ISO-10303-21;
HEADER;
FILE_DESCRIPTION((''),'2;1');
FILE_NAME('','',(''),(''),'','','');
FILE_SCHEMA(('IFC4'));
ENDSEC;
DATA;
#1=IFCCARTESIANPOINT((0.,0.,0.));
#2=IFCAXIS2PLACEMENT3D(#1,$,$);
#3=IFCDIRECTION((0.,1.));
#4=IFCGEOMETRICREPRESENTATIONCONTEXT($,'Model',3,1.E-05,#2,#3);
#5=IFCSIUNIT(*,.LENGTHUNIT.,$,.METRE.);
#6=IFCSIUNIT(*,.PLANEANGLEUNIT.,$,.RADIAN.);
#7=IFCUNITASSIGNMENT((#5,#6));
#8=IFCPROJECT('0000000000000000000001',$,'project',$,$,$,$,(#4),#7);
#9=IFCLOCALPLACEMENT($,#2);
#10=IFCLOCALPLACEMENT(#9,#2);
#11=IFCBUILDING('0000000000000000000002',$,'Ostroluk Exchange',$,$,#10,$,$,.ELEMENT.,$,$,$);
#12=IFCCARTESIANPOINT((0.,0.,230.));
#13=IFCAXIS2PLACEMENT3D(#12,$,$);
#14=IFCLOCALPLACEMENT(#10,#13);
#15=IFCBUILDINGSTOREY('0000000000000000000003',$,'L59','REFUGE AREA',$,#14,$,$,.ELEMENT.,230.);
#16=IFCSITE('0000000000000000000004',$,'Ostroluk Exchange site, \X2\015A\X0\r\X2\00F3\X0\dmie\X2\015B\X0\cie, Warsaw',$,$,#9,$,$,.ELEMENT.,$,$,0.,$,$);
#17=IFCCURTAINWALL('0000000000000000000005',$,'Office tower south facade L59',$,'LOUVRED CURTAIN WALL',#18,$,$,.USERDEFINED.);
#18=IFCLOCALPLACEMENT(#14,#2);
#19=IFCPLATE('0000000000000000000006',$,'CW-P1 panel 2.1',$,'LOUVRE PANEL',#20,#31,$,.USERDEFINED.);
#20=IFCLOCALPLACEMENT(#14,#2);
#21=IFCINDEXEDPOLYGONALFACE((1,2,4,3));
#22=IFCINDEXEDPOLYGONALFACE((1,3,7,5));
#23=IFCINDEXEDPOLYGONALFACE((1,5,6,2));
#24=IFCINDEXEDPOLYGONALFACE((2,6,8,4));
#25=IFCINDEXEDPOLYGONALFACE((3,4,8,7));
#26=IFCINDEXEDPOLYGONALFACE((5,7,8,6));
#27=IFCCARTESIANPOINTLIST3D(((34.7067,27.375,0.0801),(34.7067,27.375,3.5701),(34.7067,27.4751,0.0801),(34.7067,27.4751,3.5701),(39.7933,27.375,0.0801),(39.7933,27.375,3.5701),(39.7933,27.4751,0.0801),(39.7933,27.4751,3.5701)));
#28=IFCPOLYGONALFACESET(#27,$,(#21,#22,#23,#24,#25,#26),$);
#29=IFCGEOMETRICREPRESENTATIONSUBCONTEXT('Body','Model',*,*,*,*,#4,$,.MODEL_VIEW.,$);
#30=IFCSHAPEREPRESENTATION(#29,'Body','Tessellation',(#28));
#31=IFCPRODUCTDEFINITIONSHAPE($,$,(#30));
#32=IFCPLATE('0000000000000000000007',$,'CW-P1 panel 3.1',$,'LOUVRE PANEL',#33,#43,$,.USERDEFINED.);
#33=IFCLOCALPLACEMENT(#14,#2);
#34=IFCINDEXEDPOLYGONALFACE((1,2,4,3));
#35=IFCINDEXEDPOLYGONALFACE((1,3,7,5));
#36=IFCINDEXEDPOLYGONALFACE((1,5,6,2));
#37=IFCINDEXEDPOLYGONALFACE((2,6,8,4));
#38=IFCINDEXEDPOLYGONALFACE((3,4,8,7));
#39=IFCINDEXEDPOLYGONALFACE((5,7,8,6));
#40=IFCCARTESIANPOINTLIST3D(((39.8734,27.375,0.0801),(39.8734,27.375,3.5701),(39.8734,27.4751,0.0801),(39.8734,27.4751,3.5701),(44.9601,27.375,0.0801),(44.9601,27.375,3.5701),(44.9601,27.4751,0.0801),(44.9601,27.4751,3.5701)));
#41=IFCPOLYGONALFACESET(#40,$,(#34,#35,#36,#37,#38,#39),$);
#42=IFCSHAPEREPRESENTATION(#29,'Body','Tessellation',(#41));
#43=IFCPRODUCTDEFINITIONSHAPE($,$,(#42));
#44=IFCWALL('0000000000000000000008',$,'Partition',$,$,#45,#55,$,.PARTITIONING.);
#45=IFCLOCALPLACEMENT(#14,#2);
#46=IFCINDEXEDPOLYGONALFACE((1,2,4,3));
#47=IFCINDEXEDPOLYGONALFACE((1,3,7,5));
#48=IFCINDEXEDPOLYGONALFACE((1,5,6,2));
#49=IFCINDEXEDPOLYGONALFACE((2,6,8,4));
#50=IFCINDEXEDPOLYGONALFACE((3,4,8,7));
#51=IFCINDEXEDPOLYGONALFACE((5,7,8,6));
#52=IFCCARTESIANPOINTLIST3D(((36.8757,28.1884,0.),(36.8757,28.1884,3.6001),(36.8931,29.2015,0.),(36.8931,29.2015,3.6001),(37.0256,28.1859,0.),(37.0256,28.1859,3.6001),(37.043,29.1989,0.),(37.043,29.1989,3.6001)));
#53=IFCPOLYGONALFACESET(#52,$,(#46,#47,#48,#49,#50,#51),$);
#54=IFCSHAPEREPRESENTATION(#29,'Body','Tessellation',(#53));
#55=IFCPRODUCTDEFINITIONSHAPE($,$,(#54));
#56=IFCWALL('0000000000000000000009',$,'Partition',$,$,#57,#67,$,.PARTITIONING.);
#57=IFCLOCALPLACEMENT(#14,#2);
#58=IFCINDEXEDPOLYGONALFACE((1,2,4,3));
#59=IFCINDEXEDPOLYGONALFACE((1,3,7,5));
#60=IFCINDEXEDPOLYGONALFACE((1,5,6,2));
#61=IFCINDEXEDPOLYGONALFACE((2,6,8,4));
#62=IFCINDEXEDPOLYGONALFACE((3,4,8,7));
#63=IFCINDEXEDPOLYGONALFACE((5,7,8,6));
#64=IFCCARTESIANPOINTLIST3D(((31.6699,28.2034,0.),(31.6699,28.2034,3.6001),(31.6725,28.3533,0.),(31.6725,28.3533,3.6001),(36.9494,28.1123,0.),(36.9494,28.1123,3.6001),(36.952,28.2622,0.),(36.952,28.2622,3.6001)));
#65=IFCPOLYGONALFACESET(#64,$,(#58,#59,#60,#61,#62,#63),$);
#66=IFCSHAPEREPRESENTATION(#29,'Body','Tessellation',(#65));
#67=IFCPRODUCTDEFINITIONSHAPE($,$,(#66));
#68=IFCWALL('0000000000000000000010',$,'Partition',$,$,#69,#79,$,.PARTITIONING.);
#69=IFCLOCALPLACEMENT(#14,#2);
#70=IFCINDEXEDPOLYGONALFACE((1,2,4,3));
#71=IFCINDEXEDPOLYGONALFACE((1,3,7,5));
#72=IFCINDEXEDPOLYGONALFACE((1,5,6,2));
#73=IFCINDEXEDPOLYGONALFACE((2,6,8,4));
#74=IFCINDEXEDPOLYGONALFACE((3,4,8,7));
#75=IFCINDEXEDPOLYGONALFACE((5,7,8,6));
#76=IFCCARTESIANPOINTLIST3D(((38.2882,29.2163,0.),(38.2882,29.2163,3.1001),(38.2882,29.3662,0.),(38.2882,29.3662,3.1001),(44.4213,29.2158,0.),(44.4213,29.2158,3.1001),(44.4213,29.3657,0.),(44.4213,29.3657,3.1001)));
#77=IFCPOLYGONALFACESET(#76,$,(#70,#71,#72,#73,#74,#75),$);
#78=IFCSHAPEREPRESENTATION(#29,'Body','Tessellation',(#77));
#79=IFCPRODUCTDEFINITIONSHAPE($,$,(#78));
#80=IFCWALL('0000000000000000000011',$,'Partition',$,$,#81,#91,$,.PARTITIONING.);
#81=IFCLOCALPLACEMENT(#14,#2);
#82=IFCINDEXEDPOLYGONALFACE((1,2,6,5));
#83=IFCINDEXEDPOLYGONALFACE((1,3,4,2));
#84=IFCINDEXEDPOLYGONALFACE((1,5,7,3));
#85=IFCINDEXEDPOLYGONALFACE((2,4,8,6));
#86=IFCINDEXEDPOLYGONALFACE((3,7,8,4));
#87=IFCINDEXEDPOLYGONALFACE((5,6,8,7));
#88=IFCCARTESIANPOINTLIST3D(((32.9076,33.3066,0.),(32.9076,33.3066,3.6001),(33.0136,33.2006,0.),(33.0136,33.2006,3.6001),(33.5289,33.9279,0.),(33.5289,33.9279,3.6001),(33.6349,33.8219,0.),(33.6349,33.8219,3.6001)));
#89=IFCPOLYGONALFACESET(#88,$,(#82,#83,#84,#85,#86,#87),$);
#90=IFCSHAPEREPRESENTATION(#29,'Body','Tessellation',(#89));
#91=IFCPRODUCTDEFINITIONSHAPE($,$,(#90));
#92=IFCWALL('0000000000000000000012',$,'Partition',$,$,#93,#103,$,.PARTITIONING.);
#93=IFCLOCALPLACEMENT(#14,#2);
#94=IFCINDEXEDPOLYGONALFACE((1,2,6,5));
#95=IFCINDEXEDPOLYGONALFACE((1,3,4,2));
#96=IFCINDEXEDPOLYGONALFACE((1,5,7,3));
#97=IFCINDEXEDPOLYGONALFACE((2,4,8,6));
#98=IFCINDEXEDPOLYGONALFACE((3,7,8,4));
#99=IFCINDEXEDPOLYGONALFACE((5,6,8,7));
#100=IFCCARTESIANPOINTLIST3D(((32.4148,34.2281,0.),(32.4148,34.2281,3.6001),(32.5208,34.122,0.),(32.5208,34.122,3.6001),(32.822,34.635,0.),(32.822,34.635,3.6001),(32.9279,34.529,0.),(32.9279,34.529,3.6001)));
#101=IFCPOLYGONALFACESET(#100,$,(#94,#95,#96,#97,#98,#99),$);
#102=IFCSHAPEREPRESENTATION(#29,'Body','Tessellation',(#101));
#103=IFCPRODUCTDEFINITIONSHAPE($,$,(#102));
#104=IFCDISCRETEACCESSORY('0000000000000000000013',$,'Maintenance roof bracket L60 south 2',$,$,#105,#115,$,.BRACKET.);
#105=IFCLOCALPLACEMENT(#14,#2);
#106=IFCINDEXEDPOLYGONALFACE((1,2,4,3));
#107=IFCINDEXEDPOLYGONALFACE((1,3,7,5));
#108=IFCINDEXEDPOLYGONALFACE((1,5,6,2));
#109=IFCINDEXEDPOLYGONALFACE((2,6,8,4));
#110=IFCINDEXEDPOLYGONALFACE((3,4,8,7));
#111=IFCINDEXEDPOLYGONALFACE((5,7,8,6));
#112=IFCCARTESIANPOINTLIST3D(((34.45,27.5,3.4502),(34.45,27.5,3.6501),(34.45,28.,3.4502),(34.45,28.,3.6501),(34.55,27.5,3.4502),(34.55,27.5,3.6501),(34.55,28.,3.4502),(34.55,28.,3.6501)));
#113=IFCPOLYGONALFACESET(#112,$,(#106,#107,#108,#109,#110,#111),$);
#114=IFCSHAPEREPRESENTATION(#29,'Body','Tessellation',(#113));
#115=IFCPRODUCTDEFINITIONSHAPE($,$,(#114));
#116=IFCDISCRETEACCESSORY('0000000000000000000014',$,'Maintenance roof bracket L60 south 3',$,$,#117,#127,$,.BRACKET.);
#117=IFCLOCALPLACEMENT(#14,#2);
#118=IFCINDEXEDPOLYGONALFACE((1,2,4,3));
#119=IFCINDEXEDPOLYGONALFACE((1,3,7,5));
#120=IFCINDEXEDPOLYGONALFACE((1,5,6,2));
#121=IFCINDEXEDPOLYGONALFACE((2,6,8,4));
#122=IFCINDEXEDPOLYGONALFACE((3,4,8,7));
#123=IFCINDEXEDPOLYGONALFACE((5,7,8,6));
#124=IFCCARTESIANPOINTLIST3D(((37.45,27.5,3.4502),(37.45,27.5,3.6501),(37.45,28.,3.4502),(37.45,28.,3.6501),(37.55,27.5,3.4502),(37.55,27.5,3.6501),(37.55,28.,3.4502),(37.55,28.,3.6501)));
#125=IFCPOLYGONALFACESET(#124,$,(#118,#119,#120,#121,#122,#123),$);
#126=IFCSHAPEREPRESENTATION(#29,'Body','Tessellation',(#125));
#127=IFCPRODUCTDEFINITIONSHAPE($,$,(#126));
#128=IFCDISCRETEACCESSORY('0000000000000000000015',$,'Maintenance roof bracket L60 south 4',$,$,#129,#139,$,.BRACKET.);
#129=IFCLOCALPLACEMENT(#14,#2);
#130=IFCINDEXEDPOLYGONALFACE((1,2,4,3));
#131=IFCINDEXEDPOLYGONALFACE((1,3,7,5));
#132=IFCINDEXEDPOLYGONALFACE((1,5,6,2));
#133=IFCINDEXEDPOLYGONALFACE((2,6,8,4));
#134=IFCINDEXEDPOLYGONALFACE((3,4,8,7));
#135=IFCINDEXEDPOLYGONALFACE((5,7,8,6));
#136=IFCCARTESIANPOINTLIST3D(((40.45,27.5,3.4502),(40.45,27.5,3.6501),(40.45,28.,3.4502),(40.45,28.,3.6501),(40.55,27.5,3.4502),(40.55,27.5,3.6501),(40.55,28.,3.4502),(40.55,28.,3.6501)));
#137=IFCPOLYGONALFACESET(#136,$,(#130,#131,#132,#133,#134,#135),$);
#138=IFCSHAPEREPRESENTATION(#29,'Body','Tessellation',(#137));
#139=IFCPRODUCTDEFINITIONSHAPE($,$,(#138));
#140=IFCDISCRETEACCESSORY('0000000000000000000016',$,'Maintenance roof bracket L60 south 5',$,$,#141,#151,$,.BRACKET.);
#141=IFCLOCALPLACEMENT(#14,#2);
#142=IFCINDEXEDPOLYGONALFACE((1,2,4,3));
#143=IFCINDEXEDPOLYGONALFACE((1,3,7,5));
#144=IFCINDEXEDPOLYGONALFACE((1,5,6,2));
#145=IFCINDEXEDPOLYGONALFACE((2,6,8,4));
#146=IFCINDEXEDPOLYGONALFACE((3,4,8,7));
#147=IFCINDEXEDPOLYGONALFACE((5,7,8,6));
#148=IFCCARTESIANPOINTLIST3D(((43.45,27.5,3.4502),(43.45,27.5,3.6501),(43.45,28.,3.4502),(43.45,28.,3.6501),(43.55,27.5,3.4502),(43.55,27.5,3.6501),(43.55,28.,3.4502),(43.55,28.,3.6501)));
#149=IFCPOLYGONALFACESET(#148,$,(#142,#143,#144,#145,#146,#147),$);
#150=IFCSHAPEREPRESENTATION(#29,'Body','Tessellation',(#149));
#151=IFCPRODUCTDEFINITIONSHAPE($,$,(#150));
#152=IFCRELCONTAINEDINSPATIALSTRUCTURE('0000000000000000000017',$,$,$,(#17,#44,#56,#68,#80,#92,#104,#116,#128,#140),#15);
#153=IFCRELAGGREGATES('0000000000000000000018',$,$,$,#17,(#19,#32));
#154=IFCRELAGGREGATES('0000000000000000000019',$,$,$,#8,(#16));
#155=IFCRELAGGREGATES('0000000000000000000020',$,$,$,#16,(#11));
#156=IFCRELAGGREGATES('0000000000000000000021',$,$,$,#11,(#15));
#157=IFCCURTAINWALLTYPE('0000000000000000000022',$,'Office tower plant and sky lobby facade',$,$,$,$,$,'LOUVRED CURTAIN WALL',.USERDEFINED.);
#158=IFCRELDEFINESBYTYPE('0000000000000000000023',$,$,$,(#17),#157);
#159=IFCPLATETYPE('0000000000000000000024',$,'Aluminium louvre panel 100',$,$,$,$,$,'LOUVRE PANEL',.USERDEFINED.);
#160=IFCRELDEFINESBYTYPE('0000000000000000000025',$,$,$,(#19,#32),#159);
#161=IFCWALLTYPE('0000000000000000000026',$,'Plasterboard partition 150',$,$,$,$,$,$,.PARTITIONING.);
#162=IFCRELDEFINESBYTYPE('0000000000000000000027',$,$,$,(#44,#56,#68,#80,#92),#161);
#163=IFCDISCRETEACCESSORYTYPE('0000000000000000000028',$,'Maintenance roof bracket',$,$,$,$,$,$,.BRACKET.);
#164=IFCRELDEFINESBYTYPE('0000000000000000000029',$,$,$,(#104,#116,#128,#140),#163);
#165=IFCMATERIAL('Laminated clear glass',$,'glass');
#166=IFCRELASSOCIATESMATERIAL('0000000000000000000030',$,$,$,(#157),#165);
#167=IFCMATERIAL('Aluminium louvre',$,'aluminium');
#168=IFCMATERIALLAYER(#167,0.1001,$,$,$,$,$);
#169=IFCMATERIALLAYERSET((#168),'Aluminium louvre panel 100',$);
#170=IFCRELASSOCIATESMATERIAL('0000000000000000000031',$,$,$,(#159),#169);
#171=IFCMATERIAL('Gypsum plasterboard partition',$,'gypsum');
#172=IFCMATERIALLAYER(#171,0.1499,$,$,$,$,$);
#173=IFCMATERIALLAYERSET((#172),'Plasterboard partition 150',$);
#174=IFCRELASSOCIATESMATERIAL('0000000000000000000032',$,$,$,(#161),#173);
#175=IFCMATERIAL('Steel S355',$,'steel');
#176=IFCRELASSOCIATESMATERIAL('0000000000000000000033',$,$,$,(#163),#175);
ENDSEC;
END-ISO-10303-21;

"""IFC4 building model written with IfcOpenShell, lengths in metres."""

from ifc_helpers import new_model, si_unit, direction, frame, frame_2d, origin, origin_2d, place, context, subcontext, project, spatial, rectangle, extrude, material, layer, layer_set, type_object, element, aggregate, save


model = new_model("IFC4")

# Units and contexts
model_context = context("Model", 3, precision=1e-05, world=origin(), true_north=direction((0.0, 1.0)))
body_context = subcontext(model_context, "Body", "Model", "MODEL_VIEW")
ifc_project = project(units=[si_unit("LENGTHUNIT", "METRE"), si_unit("PLANEANGLEUNIT", "RADIAN")], contexts=[model_context])

# Site, building, storey
site_placement = place(None, origin())
site = spatial("IfcSite", under=ifc_project, at=site_placement, Name="Ostroluk Exchange site, Śródmieście, Warsaw", CompositionType="ELEMENT", RefElevation=0.0)
building_placement = place(site_placement, origin())
building = spatial("IfcBuilding", under=site, at=building_placement, Name="Ostroluk Exchange", CompositionType="ELEMENT")
storey_placement = place(building_placement, frame((0.0, 0.0, 230.0)))
storey = spatial("IfcBuildingStorey", under=building, at=storey_placement, Name="L59", Description="REFUGE AREA", CompositionType="ELEMENT", Elevation=230.0)

# Curtain wall, plates
ifc_material_1 = material(Name="Laminated clear glass", Category="glass")
curtain_wall_type = type_object("IfcCurtainWallType", Name="Office tower plant and sky lobby facade", ElementType="LOUVRED CURTAIN WALL", PredefinedType="USERDEFINED", material=ifc_material_1)
curtain_wall_placement = place(storey_placement, origin())
curtain_wall = element("IfcCurtainWall", 1, at=curtain_wall_placement, inside=storey, type_object=curtain_wall_type, Name="Office tower south facade L59", ObjectType="LOUVRED CURTAIN WALL", PredefinedType="USERDEFINED")
ifc_material_2 = material(Name="Aluminium louvre", Category="aluminium")
ifc_layer_1 = layer(ifc_material_2, 0.1001)
ifc_layer_set_1 = layer_set([ifc_layer_1], Name="Aluminium louvre panel 100")
plate_type = type_object("IfcPlateType", Name="Aluminium louvre panel 100", ElementType="LOUVRE PANEL", PredefinedType="USERDEFINED", material=ifc_layer_set_1)
plate_1_placement = place(storey_placement, frame((37.25, 27.425, 0.0801), z_axis=(0.0, 0.0, 1.0), x_axis=(1.0, 0.0, 0.0)))
plate_1 = element("IfcPlate", 2, at=plate_1_placement, type_object=plate_type, Name="CW-P1 panel 2.1", ObjectType="LOUVRE PANEL", PredefinedType="USERDEFINED", context=body_context, shape_type="SweptSolid", body=[
    extrude(rectangle(XDim=5.0867, YDim=0.1001, at=origin_2d()), origin(), (0.0, 0.0, 1.0), 3.49),
])
plate_2_placement = place(storey_placement, frame((42.4167, 27.425, 0.0801), z_axis=(0.0, 0.0, 1.0), x_axis=(1.0, 0.0, 0.0)))
plate_2 = element("IfcPlate", 3, at=plate_2_placement, type_object=plate_type, Name="CW-P1 panel 3.1", ObjectType="LOUVRE PANEL", PredefinedType="USERDEFINED", context=body_context, shape_type="SweptSolid", body=[
    extrude(rectangle(XDim=5.0867, YDim=0.1001, at=origin_2d()), origin(), (0.0, 0.0, 1.0), 3.49),
])
aggregate(curtain_wall, [plate_1, plate_2])

# Walls
ifc_material_3 = material(Name="Gypsum plasterboard partition", Category="gypsum")
ifc_layer_2 = layer(ifc_material_3, 0.1499)
ifc_layer_set_2 = layer_set([ifc_layer_2], Name="Plasterboard partition 150")
wall_type = type_object("IfcWallType", Name="Plasterboard partition 150", PredefinedType="PARTITIONING", material=ifc_layer_set_2)
wall_1_placement = place(storey_placement, frame((36.968, 29.2002, 0.0), z_axis=(0.0, 0.0, 1.0), x_axis=(-0.01711, -0.999854, 0.0)))
element("IfcWall", 4, at=wall_1_placement, inside=storey, type_object=wall_type, Name="Partition", PredefinedType="PARTITIONING", context=body_context, shape_type="SweptSolid", body=[
    extrude(rectangle(XDim=1.0132, YDim=0.1499, at=frame_2d((0.5066, 0.0))), origin(), (0.0, 0.0, 1.0), 3.6001),
])
wall_2_placement = place(storey_placement, frame((36.9507, 28.1873, 0.0), z_axis=(0.0, 0.0, 1.0), x_axis=(-0.999851, 0.017246, 0.0)))
element("IfcWall", 5, at=wall_2_placement, inside=storey, type_object=wall_type, Name="Partition", PredefinedType="PARTITIONING", context=body_context, shape_type="SweptSolid", body=[
    extrude(rectangle(XDim=5.2803, YDim=0.1499, at=frame_2d((2.6401, 0.0))), origin(), (0.0, 0.0, 1.0), 3.6001),
])
wall_3_placement = place(storey_placement, frame((38.2883, 29.2913, 0.0), z_axis=(0.0, 0.0, 1.0), x_axis=(1.0, -0.00008, 0.0)))
element("IfcWall", 6, at=wall_3_placement, inside=storey, type_object=wall_type, Name="Partition", PredefinedType="PARTITIONING", context=body_context, shape_type="SweptSolid", body=[
    extrude(rectangle(XDim=6.1331, YDim=0.1499, at=frame_2d((3.0664, 0.0))), origin(), (0.0, 0.0, 1.0), 3.1001),
])
wall_4_placement = place(storey_placement, frame((33.582, 33.875, 0.0), z_axis=(0.0, 0.0, 1.0), x_axis=(-0.707107, -0.707107, 0.0)))
element("IfcWall", 7, at=wall_4_placement, inside=storey, type_object=wall_type, Name="Partition", PredefinedType="PARTITIONING", context=body_context, shape_type="SweptSolid", body=[
    extrude(rectangle(XDim=0.8787, YDim=0.1499, at=frame_2d((0.4395, 0.0))), origin(), (0.0, 0.0, 1.0), 3.6001),
])
wall_5_placement = place(storey_placement, frame((32.4678, 34.175, 0.0), z_axis=(0.0, 0.0, 1.0), x_axis=(0.707319, 0.706895, 0.0)))
element("IfcWall", 8, at=wall_5_placement, inside=storey, type_object=wall_type, Name="Partition", PredefinedType="PARTITIONING", context=body_context, shape_type="SweptSolid", body=[
    extrude(rectangle(XDim=0.5757, YDim=0.1499, at=frame_2d((0.2878, 0.0))), origin(), (0.0, 0.0, 1.0), 3.6001),
])

# Discrete accessories
ifc_material_4 = material(Name="Steel S355", Category="steel")
discrete_accessory_type = type_object("IfcDiscreteAccessoryType", Name="Maintenance roof bracket", PredefinedType="BRACKET", material=ifc_material_4)
for number, where, z_axis, x_axis, name in (
    (9, (34.5, 27.75, 3.4502), (0.0, 0.0, 1.0), (1.0, 0.0, 0.0), "Maintenance roof bracket L60 south 2"),
    (10, (37.5, 27.75, 3.4502), (0.0, 0.0, 1.0), (1.0, 0.0, 0.0), "Maintenance roof bracket L60 south 3"),
    (11, (40.5, 27.75, 3.4502), (0.0, 0.0, 1.0), (1.0, 0.0, 0.0), "Maintenance roof bracket L60 south 4"),
    (12, (43.5, 27.75, 3.4502), (0.0, 0.0, 1.0), (1.0, 0.0, 0.0), "Maintenance roof bracket L60 south 5"),
):
    element("IfcDiscreteAccessory", number, at=place(storey_placement, frame(where, z_axis=z_axis, x_axis=x_axis)), inside=storey, type_object=discrete_accessory_type, Name=name, PredefinedType="BRACKET", context=body_context, shape_type="SweptSolid", body=[
        extrude(rectangle(XDim=0.1001, YDim=0.5, at=origin_2d()), origin(), (0.0, 0.0, 1.0), 0.2),
    ])

save(model, "model.ifc")
